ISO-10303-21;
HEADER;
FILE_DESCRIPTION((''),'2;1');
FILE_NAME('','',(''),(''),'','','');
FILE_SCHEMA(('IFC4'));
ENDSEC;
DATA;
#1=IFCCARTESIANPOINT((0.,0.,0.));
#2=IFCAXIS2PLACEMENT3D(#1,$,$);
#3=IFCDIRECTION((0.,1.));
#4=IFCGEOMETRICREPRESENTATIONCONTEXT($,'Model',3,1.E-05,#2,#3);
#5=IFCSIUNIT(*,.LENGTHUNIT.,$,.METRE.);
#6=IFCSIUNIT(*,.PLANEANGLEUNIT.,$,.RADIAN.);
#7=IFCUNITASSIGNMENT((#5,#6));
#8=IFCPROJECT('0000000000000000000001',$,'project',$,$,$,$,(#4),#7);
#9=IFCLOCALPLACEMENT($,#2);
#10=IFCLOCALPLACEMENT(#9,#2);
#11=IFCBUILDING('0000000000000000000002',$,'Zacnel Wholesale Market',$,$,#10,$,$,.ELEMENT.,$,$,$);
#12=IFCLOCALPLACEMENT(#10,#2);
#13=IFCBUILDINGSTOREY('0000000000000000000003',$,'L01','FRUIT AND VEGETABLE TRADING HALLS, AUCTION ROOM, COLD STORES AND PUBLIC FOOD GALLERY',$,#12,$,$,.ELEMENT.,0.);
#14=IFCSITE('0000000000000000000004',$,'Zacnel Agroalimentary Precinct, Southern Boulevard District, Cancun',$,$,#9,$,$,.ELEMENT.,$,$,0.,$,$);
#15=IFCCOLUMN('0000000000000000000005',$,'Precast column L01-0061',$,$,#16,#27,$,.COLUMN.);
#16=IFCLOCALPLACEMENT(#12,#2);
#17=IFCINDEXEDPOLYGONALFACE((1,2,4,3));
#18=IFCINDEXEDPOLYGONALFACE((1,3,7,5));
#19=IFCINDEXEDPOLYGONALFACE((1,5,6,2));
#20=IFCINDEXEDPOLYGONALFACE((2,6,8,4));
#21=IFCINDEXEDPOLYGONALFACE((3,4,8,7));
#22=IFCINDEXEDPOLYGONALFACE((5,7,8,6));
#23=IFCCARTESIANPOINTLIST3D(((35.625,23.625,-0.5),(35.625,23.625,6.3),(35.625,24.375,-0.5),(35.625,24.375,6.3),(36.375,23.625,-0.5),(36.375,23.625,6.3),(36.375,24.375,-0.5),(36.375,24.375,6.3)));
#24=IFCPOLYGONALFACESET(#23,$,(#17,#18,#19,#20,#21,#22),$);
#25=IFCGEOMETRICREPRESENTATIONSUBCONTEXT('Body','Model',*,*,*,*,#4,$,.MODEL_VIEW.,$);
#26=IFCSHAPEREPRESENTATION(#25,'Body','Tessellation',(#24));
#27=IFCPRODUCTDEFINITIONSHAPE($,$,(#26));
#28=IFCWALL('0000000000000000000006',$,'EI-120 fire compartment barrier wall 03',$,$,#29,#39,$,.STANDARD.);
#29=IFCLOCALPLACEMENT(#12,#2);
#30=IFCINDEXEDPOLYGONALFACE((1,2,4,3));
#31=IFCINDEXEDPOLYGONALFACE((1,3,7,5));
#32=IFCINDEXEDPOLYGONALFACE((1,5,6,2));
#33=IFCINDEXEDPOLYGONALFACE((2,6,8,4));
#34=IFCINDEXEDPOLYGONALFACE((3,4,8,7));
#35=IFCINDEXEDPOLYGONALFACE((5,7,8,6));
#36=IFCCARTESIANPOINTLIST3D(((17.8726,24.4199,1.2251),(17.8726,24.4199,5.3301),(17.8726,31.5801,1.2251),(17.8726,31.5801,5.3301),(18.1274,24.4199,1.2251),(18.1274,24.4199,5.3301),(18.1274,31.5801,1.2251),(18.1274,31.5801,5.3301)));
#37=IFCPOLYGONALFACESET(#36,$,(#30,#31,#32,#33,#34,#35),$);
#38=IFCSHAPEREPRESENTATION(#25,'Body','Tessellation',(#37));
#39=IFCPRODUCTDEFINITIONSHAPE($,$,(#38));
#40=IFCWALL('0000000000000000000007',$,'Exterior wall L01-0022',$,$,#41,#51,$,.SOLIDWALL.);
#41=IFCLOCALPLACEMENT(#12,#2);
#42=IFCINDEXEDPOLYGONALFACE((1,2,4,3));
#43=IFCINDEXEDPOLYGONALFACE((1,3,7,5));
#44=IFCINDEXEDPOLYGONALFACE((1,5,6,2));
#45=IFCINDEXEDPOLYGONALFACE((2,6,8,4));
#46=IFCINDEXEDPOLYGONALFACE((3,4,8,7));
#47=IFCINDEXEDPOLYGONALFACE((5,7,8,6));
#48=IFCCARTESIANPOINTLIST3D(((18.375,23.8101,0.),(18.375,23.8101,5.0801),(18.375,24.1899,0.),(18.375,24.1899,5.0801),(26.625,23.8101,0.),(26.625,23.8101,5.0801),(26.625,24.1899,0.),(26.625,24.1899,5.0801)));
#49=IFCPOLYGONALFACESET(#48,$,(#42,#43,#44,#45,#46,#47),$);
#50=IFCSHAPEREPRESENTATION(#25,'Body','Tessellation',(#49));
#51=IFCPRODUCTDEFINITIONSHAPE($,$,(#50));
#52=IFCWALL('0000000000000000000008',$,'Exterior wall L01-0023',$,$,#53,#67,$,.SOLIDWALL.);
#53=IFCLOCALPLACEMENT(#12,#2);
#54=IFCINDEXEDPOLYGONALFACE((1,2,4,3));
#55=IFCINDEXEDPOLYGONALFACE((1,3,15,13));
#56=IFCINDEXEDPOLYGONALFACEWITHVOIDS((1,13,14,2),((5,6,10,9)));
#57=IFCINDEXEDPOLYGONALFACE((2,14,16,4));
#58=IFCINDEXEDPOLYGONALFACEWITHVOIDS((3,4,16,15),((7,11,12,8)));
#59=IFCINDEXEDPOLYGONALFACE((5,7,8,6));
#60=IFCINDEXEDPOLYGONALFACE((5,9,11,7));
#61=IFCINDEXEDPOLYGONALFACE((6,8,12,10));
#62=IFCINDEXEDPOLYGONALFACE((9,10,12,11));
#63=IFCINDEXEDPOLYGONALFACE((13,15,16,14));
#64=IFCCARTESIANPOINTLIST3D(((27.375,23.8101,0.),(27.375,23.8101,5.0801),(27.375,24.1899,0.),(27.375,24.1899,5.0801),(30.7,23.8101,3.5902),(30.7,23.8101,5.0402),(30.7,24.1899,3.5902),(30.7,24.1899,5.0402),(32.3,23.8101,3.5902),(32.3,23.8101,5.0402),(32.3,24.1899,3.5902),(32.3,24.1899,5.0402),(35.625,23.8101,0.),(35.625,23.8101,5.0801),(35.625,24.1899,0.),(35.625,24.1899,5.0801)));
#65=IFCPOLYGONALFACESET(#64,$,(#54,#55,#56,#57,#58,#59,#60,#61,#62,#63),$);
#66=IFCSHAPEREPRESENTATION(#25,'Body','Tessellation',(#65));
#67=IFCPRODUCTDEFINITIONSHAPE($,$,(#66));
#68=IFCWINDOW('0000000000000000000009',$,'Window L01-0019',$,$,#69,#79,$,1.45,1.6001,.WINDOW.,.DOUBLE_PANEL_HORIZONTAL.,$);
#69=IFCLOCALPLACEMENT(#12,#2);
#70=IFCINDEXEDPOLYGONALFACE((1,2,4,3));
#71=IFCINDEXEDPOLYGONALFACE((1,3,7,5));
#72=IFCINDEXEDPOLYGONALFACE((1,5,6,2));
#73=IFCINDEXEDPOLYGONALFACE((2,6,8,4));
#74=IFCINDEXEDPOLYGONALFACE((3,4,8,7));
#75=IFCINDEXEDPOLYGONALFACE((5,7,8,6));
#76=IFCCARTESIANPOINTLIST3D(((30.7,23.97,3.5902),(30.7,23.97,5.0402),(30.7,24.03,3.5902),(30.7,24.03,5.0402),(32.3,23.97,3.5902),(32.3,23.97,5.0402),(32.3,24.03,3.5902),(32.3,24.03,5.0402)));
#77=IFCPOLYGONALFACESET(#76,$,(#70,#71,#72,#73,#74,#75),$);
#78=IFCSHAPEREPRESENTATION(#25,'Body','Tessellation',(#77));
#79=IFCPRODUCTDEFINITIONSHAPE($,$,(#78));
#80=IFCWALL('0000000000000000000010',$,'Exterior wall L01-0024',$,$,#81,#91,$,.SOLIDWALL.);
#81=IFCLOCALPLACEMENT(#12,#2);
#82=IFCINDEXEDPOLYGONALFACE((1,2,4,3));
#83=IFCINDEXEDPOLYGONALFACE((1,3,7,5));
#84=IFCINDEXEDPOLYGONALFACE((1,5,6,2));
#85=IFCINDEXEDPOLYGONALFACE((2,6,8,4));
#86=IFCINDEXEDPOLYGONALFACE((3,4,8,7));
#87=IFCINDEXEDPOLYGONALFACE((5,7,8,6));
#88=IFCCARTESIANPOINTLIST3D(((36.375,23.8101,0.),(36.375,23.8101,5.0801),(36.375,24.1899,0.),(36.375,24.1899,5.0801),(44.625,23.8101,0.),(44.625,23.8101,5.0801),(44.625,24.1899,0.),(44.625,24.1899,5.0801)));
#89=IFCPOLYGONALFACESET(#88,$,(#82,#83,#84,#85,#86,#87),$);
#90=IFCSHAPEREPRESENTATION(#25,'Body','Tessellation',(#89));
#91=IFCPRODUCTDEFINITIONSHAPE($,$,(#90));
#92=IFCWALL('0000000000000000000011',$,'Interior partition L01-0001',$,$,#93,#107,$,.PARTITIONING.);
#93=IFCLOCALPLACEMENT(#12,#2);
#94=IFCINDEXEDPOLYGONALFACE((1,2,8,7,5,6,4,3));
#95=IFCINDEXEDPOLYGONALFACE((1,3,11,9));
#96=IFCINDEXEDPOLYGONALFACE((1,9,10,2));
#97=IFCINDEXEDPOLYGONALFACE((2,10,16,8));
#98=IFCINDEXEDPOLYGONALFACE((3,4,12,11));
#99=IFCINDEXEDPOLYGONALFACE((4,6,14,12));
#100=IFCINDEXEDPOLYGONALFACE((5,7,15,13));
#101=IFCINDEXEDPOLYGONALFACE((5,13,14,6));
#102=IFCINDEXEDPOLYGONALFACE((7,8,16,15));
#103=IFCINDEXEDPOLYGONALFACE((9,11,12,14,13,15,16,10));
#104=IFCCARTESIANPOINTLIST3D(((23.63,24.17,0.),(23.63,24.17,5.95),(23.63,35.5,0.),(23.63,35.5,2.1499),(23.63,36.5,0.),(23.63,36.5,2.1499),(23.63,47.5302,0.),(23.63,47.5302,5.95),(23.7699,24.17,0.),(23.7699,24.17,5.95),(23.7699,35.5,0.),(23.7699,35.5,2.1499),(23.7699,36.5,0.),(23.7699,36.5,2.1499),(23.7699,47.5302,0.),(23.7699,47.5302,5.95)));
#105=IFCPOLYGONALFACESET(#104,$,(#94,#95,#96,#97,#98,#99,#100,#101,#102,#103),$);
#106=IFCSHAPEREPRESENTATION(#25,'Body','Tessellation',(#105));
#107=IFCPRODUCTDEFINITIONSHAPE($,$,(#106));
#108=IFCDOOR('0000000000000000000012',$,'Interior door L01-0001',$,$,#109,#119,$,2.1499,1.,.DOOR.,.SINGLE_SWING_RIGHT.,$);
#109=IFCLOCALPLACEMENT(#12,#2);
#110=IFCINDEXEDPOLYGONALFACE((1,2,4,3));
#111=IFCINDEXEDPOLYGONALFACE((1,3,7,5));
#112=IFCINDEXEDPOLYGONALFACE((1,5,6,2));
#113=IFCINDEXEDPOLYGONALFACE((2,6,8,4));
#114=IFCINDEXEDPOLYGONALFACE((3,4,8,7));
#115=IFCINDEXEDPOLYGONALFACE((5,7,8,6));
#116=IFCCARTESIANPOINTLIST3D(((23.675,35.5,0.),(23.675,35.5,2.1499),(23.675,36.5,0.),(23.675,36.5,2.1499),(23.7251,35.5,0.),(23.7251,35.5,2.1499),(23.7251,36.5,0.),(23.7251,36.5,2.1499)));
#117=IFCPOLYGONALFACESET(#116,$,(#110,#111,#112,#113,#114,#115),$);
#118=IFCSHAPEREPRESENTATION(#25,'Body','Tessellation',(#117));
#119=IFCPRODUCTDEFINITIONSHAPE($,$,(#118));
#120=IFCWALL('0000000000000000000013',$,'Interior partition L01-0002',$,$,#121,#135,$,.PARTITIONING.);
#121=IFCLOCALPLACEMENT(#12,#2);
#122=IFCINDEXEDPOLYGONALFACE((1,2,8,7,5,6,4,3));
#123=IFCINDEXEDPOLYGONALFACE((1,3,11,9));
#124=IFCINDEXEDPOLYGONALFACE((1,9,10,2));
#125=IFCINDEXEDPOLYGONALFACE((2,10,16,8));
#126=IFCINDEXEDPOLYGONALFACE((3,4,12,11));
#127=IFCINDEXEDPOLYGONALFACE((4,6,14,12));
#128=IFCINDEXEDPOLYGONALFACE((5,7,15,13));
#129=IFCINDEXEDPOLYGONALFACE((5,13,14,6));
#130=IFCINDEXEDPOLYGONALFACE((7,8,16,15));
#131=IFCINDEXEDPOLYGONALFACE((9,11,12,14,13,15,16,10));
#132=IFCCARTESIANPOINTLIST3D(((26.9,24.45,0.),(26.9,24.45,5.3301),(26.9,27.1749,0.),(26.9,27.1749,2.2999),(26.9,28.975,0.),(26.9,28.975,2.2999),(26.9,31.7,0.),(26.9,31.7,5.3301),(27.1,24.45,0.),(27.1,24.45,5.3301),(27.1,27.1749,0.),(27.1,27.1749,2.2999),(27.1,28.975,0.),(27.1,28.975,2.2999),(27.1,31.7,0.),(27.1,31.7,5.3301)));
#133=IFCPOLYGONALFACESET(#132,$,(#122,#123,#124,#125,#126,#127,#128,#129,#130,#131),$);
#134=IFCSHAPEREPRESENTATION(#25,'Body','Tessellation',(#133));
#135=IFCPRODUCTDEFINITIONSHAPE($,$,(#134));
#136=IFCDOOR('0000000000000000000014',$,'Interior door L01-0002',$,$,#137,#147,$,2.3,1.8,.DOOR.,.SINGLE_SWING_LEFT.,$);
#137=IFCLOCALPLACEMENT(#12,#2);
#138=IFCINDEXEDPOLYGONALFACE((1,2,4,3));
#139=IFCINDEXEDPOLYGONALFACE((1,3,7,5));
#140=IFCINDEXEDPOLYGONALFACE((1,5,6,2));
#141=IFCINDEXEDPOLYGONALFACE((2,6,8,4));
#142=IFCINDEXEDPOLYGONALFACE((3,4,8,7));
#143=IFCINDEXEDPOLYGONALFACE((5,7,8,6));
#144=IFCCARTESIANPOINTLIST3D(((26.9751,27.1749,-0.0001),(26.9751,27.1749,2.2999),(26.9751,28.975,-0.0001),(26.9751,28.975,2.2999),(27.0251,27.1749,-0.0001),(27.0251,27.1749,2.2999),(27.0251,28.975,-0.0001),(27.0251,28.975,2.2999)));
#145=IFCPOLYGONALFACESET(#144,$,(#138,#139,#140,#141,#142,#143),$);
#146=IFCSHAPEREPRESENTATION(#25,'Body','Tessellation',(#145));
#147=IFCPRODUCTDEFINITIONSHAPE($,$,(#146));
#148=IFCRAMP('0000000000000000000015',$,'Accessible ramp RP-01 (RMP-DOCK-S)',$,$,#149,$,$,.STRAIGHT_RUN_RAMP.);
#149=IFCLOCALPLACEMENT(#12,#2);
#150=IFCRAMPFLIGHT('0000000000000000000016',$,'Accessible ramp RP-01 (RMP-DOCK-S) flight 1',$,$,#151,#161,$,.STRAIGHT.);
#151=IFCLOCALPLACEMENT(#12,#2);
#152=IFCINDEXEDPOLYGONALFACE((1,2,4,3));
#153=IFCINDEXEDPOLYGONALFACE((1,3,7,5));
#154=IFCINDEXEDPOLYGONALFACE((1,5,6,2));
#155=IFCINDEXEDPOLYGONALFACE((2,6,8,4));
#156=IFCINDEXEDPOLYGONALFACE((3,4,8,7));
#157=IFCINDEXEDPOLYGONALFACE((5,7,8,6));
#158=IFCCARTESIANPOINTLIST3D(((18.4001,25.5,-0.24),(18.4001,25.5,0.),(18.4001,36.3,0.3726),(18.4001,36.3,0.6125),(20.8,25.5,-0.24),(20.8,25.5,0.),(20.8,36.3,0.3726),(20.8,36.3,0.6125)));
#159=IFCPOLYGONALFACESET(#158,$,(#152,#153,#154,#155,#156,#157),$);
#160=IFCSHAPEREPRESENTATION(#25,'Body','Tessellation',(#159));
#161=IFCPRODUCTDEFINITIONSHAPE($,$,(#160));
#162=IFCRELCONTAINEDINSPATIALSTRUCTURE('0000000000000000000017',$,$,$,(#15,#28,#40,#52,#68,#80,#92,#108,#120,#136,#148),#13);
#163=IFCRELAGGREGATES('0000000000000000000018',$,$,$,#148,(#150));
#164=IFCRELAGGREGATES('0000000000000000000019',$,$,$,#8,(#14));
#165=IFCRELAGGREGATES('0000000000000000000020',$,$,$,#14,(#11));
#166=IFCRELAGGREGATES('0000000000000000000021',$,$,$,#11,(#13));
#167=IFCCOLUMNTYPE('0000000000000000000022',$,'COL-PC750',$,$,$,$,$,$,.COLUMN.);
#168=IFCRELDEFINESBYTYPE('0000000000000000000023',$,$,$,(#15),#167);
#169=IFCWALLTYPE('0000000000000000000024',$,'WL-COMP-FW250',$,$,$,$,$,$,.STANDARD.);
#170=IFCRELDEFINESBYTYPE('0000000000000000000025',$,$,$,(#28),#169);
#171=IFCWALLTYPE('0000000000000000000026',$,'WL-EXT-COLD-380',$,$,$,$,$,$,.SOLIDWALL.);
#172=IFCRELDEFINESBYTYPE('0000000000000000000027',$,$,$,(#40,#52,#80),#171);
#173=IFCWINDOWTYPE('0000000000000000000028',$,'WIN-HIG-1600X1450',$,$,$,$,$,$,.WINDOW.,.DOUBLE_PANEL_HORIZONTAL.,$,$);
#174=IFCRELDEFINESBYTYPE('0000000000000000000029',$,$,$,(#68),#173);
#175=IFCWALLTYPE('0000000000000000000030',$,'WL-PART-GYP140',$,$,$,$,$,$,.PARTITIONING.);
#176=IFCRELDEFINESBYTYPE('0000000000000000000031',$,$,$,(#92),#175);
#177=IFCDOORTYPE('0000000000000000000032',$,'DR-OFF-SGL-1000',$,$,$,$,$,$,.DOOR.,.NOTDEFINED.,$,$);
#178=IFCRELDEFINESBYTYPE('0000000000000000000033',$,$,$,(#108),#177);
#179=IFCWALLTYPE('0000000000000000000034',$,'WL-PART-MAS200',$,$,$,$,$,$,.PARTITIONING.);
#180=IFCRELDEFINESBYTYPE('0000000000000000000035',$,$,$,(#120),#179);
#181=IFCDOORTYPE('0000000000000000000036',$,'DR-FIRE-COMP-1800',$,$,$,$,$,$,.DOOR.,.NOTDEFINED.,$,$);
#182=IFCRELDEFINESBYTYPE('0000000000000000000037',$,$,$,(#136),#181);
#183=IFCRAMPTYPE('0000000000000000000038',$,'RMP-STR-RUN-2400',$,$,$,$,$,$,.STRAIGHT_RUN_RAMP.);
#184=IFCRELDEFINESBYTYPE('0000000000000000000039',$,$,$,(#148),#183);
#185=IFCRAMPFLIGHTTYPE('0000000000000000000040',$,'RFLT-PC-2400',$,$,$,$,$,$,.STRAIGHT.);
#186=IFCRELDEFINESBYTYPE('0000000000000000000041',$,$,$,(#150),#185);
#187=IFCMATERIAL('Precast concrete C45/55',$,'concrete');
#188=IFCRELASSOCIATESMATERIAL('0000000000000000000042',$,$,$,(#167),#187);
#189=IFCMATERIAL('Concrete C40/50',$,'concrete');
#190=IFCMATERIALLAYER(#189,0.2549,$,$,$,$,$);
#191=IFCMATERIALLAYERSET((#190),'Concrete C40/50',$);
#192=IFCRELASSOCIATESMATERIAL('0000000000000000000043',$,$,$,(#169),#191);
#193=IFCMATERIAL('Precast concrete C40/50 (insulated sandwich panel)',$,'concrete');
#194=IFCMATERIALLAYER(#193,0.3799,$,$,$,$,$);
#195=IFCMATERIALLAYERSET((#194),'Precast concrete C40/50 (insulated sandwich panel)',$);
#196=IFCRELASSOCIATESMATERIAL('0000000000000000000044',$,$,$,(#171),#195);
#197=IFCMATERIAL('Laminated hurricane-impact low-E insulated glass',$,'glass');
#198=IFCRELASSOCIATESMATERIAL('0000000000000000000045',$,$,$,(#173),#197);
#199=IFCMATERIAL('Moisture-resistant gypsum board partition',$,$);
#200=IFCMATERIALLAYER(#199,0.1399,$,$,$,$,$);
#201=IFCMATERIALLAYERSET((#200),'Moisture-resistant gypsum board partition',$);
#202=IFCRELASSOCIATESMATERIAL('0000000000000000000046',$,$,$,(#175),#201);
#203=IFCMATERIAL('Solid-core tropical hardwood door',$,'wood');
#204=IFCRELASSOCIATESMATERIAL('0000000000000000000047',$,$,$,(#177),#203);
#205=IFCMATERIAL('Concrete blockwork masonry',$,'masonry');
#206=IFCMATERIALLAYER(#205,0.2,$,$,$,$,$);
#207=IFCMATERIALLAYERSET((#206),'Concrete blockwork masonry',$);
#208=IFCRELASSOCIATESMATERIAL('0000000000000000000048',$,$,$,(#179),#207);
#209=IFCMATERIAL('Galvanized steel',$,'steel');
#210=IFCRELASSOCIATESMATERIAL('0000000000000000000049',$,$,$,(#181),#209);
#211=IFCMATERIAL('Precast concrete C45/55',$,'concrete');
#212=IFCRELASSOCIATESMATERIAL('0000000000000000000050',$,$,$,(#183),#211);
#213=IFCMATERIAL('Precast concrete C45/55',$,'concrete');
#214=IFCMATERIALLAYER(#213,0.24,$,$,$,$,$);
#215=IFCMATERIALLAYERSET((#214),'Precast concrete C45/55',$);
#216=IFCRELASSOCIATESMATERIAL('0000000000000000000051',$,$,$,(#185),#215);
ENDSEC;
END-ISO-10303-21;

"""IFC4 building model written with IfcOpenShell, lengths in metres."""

from ifc_helpers import new_model, si_unit, direction, frame, frame_2d, origin, origin_2d, place, context, subcontext, project, spatial, polyline, rectangle, outline, extrude, material, layer, layer_set, material_profile, profile_set, type_object, element, fill, aggregate, save


model = new_model("IFC4")

# Units and contexts
model_context = context("Model", 3, precision=1e-05, world=origin(), true_north=direction((0.0, 1.0)))
body_context = subcontext(model_context, "Body", "Model", "MODEL_VIEW")
ifc_project = project(units=[si_unit("LENGTHUNIT", "METRE"), si_unit("PLANEANGLEUNIT", "RADIAN")], contexts=[model_context])

# Site, building, storey
site_placement = place(None, origin())
site = spatial("IfcSite", under=ifc_project, at=site_placement, Name="Zacnel Agroalimentary Precinct, Southern Boulevard District, Cancun", CompositionType="ELEMENT", RefElevation=0.0)
building_placement = place(site_placement, origin())
building = spatial("IfcBuilding", under=site, at=building_placement, Name="Zacnel Wholesale Market", CompositionType="ELEMENT")
storey_placement = place(building_placement, origin())
storey = spatial("IfcBuildingStorey", under=building, at=storey_placement, Name="L01", Description="FRUIT AND VEGETABLE TRADING HALLS, AUCTION ROOM, COLD STORES AND PUBLIC FOOD GALLERY", CompositionType="ELEMENT", Elevation=0.0)

# Column
ifc_material_1 = material(Name="Precast concrete C45/55", Category="concrete")
ifc_material_profile_1 = material_profile(ifc_material_1, rectangle(XDim=0.75, YDim=0.75, at=origin_2d()), Name="PC 750x750")
ifc_profile_set_1 = profile_set([ifc_material_profile_1], Name="Precast concrete C45/55")
column_type = type_object("IfcColumnType", Name="COL-PC750", PredefinedType="COLUMN", material=ifc_profile_set_1)
for number, where, z_axis, x_axis, name in (
    (1, (36.0, 24.0, -0.5), (0.0, 0.0, 1.0), (1.0, 0.0, 0.0), "Precast column L01-0061"),
):
    element("IfcColumn", number, at=place(storey_placement, frame(where, z_axis=z_axis, x_axis=x_axis)), inside=storey, type_object=column_type, Name=name, PredefinedType="COLUMN", context=body_context, shape_type="SweptSolid", body=[
        extrude(rectangle(XDim=0.75, YDim=0.75, at=origin_2d()), origin(), (0.0, 0.0, 1.0), 6.8),
    ])

# Walls
ifc_material_2 = material(Name="Concrete C40/50", Category="concrete")
ifc_layer_1 = layer(ifc_material_2, 0.2549)
ifc_layer_set_1 = layer_set([ifc_layer_1], Name="Concrete C40/50")
wall_type_1 = type_object("IfcWallType", Name="WL-COMP-FW250", PredefinedType="STANDARD", material=ifc_layer_set_1)
wall_1_placement = place(storey_placement, frame((18.0, 24.4199, 1.2251), z_axis=(0.0, 0.0, 1.0), x_axis=(0.0, 1.0, 0.0)))
element("IfcWall", 2, at=wall_1_placement, inside=storey, type_object=wall_type_1, Name="EI-120 fire compartment barrier wall 03", PredefinedType="STANDARD", context=body_context, shape_type="SweptSolid", body=[
    extrude(rectangle(XDim=7.1602, YDim=0.2549, at=frame_2d((3.5801, 0.0))), origin(), (0.0, 0.0, 1.0), 4.105),
])
ifc_material_3 = material(Name="Precast concrete C40/50 (insulated sandwich panel)", Category="concrete")
ifc_layer_2 = layer(ifc_material_3, 0.3799)
ifc_layer_set_2 = layer_set([ifc_layer_2], Name="Precast concrete C40/50 (insulated sandwich panel)")
wall_type_2 = type_object("IfcWallType", Name="WL-EXT-COLD-380", PredefinedType="SOLIDWALL", material=ifc_layer_set_2)
wall_2_placement = place(storey_placement, frame((18.375, 24.0, 0.0), z_axis=(0.0, 0.0, 1.0), x_axis=(1.0, 0.0, 0.0)))
element("IfcWall", 3, at=wall_2_placement, inside=storey, type_object=wall_type_2, Name="Exterior wall L01-0022", PredefinedType="SOLIDWALL", context=body_context, shape_type="SweptSolid", body=[
    extrude(rectangle(XDim=8.25, YDim=0.3799, at=frame_2d((4.125, 0.0))), origin(), (0.0, 0.0, 1.0), 5.0801),
])

# Wall, opening, window
wall_3_placement = place(storey_placement, frame((27.375, 24.0, 0.0), z_axis=(0.0, 0.0, 1.0), x_axis=(1.0, 0.0, 0.0)))
wall_3 = element("IfcWall", 4, at=wall_3_placement, inside=storey, type_object=wall_type_2, Name="Exterior wall L01-0023", PredefinedType="SOLIDWALL", context=body_context, shape_type="SweptSolid", body=[
    extrude(rectangle(XDim=8.25, YDim=0.3799, at=frame_2d((4.125, 0.0))), origin(), (0.0, 0.0, 1.0), 5.0801),
])
opening_1_placement = place(wall_3_placement, frame((3.325, 0.0, 3.5901)))
opening_1 = element("IfcOpeningElement", 5, at=opening_1_placement, cuts=wall_3, PredefinedType="OPENING", context=body_context, shape_type="SweptSolid", body=[
    extrude(rectangle(XDim=1.6001, YDim=1.45, at=frame_2d((0.8, 0.7251))), frame((0.0, 0.2, 0.0), z_axis=(0.0, -1.0, 0.0), x_axis=(1.0, 0.0, 0.0)), (0.0, 0.0, 1.0), 0.3999),
])
ifc_material_4 = material(Name="Laminated hurricane-impact low-E insulated glass", Category="glass")
window_type = type_object("IfcWindowType", Name="WIN-HIG-1600X1450", PartitioningType="DOUBLE_PANEL_HORIZONTAL", PredefinedType="WINDOW", material=ifc_material_4)
window_placement = place(opening_1_placement, origin())
window = element("IfcWindow", 6, at=window_placement, inside=storey, type_object=window_type, Name="Window L01-0019", OverallHeight=1.45, OverallWidth=1.6001, PartitioningType="DOUBLE_PANEL_HORIZONTAL", PredefinedType="WINDOW", context=body_context, shape_type="SweptSolid", body=[
    extrude(rectangle(XDim=1.6001, YDim=1.45, at=frame_2d((0.8, 0.7251))), frame((0.0, 0.03, 0.0), z_axis=(0.0, -1.0, 0.0), x_axis=(1.0, 0.0, 0.0)), (0.0, 0.0, 1.0), 0.0601),
])
fill(opening_1, window)

# Wall
wall_4_placement = place(storey_placement, frame((36.375, 24.0, 0.0), z_axis=(0.0, 0.0, 1.0), x_axis=(1.0, 0.0, 0.0)))
element("IfcWall", 7, at=wall_4_placement, inside=storey, type_object=wall_type_2, Name="Exterior wall L01-0024", PredefinedType="SOLIDWALL", context=body_context, shape_type="SweptSolid", body=[
    extrude(rectangle(XDim=8.25, YDim=0.3799, at=frame_2d((4.125, 0.0))), origin(), (0.0, 0.0, 1.0), 5.0801),
])

# Walls, openings, doors
ifc_material_5 = material(Name="Moisture-resistant gypsum board partition")
ifc_layer_3 = layer(ifc_material_5, 0.1399)
ifc_layer_set_3 = layer_set([ifc_layer_3], Name="Moisture-resistant gypsum board partition")
wall_type_3 = type_object("IfcWallType", Name="WL-PART-GYP140", PredefinedType="PARTITIONING", material=ifc_layer_set_3)
wall_5_placement = place(storey_placement, frame((23.7, 24.1699, 0.0), z_axis=(0.0, 0.0, 1.0), x_axis=(0.0, 1.0, 0.0)))
wall_5 = element("IfcWall", 8, at=wall_5_placement, inside=storey, type_object=wall_type_3, Name="Interior partition L01-0001", PredefinedType="PARTITIONING", context=body_context, shape_type="SweptSolid", body=[
    extrude(rectangle(XDim=23.3601, YDim=0.1399, at=frame_2d((11.6802, 0.0))), origin(), (0.0, 0.0, 1.0), 5.95),
])
opening_2_placement = place(wall_5_placement, frame((11.3301, 0.0, 0.0)))
opening_2 = element("IfcOpeningElement", 9, at=opening_2_placement, cuts=wall_5, PredefinedType="OPENING", context=body_context, shape_type="SweptSolid", body=[
    extrude(rectangle(XDim=1.0, YDim=2.1499, at=frame_2d((0.5, 1.075))), frame((0.0, 0.0798, 0.0), z_axis=(0.0, -1.0, 0.0), x_axis=(1.0, 0.0, 0.0)), (0.0, 0.0, 1.0), 0.1599),
])
ifc_material_6 = material(Name="Solid-core tropical hardwood door", Category="wood")
door_type_1 = type_object("IfcDoorType", Name="DR-OFF-SGL-1000", OperationType="NOTDEFINED", PredefinedType="DOOR", material=ifc_material_6)
door_1_placement = place(opening_2_placement, origin())
door_1 = element("IfcDoor", 10, at=door_1_placement, inside=storey, type_object=door_type_1, Name="Interior door L01-0001", OperationType="SINGLE_SWING_RIGHT", OverallHeight=2.1499, OverallWidth=1.0, PredefinedType="DOOR", context=body_context, shape_type="SweptSolid", body=[
    extrude(rectangle(XDim=1.0, YDim=2.1499, at=frame_2d((0.5, 1.075))), frame((0.0, 0.0249, 0.0), z_axis=(0.0, -1.0, 0.0), x_axis=(1.0, 0.0, 0.0)), (0.0, 0.0, 1.0), 0.05),
])
fill(opening_2, door_1)
ifc_material_7 = material(Name="Concrete blockwork masonry", Category="masonry")
ifc_layer_4 = layer(ifc_material_7, 0.2)
ifc_layer_set_4 = layer_set([ifc_layer_4], Name="Concrete blockwork masonry")
wall_type_4 = type_object("IfcWallType", Name="WL-PART-MAS200", PredefinedType="PARTITIONING", material=ifc_layer_set_4)
wall_6_placement = place(storey_placement, frame((27.0, 24.45, 0.0), z_axis=(0.0, 0.0, 1.0), x_axis=(0.0, 1.0, 0.0)))
wall_6 = element("IfcWall", 11, at=wall_6_placement, inside=storey, type_object=wall_type_4, Name="Interior partition L01-0002", PredefinedType="PARTITIONING", context=body_context, shape_type="SweptSolid", body=[
    extrude(rectangle(XDim=7.25, YDim=0.2, at=frame_2d((3.625, 0.0))), origin(), (0.0, 0.0, 1.0), 5.3301),
])
opening_3_placement = place(wall_6_placement, frame((2.7251, 0.0, 0.0)))
opening_3 = element("IfcOpeningElement", 12, at=opening_3_placement, cuts=wall_6, PredefinedType="OPENING", context=body_context, shape_type="SweptSolid", body=[
    extrude(rectangle(XDim=1.8, YDim=2.3, at=frame_2d((0.8999, 1.1499))), frame((0.0, 0.1099, 0.0), z_axis=(0.0, -1.0, 0.0), x_axis=(1.0, 0.0, 0.0)), (0.0, 0.0, 1.0), 0.22),
])
ifc_material_8 = material(Name="Galvanized steel", Category="steel")
door_type_2 = type_object("IfcDoorType", Name="DR-FIRE-COMP-1800", OperationType="NOTDEFINED", PredefinedType="DOOR", material=ifc_material_8)
door_2_placement = place(opening_3_placement, origin())
door_2 = element("IfcDoor", 13, at=door_2_placement, inside=storey, type_object=door_type_2, Name="Interior door L01-0002", OperationType="SINGLE_SWING_LEFT", OverallHeight=2.3, OverallWidth=1.8, PredefinedType="DOOR", context=body_context, shape_type="SweptSolid", body=[
    extrude(rectangle(XDim=1.8, YDim=2.3, at=frame_2d((0.8999, 1.1499))), frame((0.0, 0.0249, 0.0), z_axis=(0.0, -1.0, 0.0), x_axis=(1.0, 0.0, 0.0)), (0.0, 0.0, 1.0), 0.05),
])
fill(opening_3, door_2)

# Ramp, ramp flight
ifc_material_9 = material(Name="Precast concrete C45/55", Category="concrete")
ramp_type = type_object("IfcRampType", Name="RMP-STR-RUN-2400", PredefinedType="STRAIGHT_RUN_RAMP", material=ifc_material_9)
ramp_placement = place(storey_placement, origin())
ramp = element("IfcRamp", 14, at=ramp_placement, inside=storey, type_object=ramp_type, Name="Accessible ramp RP-01 (RMP-DOCK-S)", PredefinedType="STRAIGHT_RUN_RAMP")
ifc_material_10 = material(Name="Precast concrete C45/55", Category="concrete")
ifc_layer_5 = layer(ifc_material_10, 0.24)
ifc_layer_set_5 = layer_set([ifc_layer_5], Name="Precast concrete C45/55")
ramp_flight_type = type_object("IfcRampFlightType", Name="RFLT-PC-2400", PredefinedType="STRAIGHT", material=ifc_layer_set_5)
ramp_flight_placement = place(storey_placement, frame((19.6001, 25.5, 0.0), z_axis=(0.0, 0.0, 1.0), x_axis=(0.0, 1.0, 0.0)))
ramp_flight = element("IfcRampFlight", 15, at=ramp_flight_placement, type_object=ramp_flight_type, Name="Accessible ramp RP-01 (RMP-DOCK-S) flight 1", PredefinedType="STRAIGHT", context=body_context, shape_type="SweptSolid", body=[
    extrude(outline(polyline([(0.0, 0.0), (10.8, 0.6125), (10.8, 0.3726), (0.0, -0.24), (0.0, 0.0)])), frame((0.0, 1.2, 0.0), z_axis=(0.0, -1.0, 0.0), x_axis=(1.0, 0.0, 0.0)), (0.0, 0.0, 1.0), 2.3999),
])
aggregate(ramp, [ramp_flight])

save(model, "model.ifc")
